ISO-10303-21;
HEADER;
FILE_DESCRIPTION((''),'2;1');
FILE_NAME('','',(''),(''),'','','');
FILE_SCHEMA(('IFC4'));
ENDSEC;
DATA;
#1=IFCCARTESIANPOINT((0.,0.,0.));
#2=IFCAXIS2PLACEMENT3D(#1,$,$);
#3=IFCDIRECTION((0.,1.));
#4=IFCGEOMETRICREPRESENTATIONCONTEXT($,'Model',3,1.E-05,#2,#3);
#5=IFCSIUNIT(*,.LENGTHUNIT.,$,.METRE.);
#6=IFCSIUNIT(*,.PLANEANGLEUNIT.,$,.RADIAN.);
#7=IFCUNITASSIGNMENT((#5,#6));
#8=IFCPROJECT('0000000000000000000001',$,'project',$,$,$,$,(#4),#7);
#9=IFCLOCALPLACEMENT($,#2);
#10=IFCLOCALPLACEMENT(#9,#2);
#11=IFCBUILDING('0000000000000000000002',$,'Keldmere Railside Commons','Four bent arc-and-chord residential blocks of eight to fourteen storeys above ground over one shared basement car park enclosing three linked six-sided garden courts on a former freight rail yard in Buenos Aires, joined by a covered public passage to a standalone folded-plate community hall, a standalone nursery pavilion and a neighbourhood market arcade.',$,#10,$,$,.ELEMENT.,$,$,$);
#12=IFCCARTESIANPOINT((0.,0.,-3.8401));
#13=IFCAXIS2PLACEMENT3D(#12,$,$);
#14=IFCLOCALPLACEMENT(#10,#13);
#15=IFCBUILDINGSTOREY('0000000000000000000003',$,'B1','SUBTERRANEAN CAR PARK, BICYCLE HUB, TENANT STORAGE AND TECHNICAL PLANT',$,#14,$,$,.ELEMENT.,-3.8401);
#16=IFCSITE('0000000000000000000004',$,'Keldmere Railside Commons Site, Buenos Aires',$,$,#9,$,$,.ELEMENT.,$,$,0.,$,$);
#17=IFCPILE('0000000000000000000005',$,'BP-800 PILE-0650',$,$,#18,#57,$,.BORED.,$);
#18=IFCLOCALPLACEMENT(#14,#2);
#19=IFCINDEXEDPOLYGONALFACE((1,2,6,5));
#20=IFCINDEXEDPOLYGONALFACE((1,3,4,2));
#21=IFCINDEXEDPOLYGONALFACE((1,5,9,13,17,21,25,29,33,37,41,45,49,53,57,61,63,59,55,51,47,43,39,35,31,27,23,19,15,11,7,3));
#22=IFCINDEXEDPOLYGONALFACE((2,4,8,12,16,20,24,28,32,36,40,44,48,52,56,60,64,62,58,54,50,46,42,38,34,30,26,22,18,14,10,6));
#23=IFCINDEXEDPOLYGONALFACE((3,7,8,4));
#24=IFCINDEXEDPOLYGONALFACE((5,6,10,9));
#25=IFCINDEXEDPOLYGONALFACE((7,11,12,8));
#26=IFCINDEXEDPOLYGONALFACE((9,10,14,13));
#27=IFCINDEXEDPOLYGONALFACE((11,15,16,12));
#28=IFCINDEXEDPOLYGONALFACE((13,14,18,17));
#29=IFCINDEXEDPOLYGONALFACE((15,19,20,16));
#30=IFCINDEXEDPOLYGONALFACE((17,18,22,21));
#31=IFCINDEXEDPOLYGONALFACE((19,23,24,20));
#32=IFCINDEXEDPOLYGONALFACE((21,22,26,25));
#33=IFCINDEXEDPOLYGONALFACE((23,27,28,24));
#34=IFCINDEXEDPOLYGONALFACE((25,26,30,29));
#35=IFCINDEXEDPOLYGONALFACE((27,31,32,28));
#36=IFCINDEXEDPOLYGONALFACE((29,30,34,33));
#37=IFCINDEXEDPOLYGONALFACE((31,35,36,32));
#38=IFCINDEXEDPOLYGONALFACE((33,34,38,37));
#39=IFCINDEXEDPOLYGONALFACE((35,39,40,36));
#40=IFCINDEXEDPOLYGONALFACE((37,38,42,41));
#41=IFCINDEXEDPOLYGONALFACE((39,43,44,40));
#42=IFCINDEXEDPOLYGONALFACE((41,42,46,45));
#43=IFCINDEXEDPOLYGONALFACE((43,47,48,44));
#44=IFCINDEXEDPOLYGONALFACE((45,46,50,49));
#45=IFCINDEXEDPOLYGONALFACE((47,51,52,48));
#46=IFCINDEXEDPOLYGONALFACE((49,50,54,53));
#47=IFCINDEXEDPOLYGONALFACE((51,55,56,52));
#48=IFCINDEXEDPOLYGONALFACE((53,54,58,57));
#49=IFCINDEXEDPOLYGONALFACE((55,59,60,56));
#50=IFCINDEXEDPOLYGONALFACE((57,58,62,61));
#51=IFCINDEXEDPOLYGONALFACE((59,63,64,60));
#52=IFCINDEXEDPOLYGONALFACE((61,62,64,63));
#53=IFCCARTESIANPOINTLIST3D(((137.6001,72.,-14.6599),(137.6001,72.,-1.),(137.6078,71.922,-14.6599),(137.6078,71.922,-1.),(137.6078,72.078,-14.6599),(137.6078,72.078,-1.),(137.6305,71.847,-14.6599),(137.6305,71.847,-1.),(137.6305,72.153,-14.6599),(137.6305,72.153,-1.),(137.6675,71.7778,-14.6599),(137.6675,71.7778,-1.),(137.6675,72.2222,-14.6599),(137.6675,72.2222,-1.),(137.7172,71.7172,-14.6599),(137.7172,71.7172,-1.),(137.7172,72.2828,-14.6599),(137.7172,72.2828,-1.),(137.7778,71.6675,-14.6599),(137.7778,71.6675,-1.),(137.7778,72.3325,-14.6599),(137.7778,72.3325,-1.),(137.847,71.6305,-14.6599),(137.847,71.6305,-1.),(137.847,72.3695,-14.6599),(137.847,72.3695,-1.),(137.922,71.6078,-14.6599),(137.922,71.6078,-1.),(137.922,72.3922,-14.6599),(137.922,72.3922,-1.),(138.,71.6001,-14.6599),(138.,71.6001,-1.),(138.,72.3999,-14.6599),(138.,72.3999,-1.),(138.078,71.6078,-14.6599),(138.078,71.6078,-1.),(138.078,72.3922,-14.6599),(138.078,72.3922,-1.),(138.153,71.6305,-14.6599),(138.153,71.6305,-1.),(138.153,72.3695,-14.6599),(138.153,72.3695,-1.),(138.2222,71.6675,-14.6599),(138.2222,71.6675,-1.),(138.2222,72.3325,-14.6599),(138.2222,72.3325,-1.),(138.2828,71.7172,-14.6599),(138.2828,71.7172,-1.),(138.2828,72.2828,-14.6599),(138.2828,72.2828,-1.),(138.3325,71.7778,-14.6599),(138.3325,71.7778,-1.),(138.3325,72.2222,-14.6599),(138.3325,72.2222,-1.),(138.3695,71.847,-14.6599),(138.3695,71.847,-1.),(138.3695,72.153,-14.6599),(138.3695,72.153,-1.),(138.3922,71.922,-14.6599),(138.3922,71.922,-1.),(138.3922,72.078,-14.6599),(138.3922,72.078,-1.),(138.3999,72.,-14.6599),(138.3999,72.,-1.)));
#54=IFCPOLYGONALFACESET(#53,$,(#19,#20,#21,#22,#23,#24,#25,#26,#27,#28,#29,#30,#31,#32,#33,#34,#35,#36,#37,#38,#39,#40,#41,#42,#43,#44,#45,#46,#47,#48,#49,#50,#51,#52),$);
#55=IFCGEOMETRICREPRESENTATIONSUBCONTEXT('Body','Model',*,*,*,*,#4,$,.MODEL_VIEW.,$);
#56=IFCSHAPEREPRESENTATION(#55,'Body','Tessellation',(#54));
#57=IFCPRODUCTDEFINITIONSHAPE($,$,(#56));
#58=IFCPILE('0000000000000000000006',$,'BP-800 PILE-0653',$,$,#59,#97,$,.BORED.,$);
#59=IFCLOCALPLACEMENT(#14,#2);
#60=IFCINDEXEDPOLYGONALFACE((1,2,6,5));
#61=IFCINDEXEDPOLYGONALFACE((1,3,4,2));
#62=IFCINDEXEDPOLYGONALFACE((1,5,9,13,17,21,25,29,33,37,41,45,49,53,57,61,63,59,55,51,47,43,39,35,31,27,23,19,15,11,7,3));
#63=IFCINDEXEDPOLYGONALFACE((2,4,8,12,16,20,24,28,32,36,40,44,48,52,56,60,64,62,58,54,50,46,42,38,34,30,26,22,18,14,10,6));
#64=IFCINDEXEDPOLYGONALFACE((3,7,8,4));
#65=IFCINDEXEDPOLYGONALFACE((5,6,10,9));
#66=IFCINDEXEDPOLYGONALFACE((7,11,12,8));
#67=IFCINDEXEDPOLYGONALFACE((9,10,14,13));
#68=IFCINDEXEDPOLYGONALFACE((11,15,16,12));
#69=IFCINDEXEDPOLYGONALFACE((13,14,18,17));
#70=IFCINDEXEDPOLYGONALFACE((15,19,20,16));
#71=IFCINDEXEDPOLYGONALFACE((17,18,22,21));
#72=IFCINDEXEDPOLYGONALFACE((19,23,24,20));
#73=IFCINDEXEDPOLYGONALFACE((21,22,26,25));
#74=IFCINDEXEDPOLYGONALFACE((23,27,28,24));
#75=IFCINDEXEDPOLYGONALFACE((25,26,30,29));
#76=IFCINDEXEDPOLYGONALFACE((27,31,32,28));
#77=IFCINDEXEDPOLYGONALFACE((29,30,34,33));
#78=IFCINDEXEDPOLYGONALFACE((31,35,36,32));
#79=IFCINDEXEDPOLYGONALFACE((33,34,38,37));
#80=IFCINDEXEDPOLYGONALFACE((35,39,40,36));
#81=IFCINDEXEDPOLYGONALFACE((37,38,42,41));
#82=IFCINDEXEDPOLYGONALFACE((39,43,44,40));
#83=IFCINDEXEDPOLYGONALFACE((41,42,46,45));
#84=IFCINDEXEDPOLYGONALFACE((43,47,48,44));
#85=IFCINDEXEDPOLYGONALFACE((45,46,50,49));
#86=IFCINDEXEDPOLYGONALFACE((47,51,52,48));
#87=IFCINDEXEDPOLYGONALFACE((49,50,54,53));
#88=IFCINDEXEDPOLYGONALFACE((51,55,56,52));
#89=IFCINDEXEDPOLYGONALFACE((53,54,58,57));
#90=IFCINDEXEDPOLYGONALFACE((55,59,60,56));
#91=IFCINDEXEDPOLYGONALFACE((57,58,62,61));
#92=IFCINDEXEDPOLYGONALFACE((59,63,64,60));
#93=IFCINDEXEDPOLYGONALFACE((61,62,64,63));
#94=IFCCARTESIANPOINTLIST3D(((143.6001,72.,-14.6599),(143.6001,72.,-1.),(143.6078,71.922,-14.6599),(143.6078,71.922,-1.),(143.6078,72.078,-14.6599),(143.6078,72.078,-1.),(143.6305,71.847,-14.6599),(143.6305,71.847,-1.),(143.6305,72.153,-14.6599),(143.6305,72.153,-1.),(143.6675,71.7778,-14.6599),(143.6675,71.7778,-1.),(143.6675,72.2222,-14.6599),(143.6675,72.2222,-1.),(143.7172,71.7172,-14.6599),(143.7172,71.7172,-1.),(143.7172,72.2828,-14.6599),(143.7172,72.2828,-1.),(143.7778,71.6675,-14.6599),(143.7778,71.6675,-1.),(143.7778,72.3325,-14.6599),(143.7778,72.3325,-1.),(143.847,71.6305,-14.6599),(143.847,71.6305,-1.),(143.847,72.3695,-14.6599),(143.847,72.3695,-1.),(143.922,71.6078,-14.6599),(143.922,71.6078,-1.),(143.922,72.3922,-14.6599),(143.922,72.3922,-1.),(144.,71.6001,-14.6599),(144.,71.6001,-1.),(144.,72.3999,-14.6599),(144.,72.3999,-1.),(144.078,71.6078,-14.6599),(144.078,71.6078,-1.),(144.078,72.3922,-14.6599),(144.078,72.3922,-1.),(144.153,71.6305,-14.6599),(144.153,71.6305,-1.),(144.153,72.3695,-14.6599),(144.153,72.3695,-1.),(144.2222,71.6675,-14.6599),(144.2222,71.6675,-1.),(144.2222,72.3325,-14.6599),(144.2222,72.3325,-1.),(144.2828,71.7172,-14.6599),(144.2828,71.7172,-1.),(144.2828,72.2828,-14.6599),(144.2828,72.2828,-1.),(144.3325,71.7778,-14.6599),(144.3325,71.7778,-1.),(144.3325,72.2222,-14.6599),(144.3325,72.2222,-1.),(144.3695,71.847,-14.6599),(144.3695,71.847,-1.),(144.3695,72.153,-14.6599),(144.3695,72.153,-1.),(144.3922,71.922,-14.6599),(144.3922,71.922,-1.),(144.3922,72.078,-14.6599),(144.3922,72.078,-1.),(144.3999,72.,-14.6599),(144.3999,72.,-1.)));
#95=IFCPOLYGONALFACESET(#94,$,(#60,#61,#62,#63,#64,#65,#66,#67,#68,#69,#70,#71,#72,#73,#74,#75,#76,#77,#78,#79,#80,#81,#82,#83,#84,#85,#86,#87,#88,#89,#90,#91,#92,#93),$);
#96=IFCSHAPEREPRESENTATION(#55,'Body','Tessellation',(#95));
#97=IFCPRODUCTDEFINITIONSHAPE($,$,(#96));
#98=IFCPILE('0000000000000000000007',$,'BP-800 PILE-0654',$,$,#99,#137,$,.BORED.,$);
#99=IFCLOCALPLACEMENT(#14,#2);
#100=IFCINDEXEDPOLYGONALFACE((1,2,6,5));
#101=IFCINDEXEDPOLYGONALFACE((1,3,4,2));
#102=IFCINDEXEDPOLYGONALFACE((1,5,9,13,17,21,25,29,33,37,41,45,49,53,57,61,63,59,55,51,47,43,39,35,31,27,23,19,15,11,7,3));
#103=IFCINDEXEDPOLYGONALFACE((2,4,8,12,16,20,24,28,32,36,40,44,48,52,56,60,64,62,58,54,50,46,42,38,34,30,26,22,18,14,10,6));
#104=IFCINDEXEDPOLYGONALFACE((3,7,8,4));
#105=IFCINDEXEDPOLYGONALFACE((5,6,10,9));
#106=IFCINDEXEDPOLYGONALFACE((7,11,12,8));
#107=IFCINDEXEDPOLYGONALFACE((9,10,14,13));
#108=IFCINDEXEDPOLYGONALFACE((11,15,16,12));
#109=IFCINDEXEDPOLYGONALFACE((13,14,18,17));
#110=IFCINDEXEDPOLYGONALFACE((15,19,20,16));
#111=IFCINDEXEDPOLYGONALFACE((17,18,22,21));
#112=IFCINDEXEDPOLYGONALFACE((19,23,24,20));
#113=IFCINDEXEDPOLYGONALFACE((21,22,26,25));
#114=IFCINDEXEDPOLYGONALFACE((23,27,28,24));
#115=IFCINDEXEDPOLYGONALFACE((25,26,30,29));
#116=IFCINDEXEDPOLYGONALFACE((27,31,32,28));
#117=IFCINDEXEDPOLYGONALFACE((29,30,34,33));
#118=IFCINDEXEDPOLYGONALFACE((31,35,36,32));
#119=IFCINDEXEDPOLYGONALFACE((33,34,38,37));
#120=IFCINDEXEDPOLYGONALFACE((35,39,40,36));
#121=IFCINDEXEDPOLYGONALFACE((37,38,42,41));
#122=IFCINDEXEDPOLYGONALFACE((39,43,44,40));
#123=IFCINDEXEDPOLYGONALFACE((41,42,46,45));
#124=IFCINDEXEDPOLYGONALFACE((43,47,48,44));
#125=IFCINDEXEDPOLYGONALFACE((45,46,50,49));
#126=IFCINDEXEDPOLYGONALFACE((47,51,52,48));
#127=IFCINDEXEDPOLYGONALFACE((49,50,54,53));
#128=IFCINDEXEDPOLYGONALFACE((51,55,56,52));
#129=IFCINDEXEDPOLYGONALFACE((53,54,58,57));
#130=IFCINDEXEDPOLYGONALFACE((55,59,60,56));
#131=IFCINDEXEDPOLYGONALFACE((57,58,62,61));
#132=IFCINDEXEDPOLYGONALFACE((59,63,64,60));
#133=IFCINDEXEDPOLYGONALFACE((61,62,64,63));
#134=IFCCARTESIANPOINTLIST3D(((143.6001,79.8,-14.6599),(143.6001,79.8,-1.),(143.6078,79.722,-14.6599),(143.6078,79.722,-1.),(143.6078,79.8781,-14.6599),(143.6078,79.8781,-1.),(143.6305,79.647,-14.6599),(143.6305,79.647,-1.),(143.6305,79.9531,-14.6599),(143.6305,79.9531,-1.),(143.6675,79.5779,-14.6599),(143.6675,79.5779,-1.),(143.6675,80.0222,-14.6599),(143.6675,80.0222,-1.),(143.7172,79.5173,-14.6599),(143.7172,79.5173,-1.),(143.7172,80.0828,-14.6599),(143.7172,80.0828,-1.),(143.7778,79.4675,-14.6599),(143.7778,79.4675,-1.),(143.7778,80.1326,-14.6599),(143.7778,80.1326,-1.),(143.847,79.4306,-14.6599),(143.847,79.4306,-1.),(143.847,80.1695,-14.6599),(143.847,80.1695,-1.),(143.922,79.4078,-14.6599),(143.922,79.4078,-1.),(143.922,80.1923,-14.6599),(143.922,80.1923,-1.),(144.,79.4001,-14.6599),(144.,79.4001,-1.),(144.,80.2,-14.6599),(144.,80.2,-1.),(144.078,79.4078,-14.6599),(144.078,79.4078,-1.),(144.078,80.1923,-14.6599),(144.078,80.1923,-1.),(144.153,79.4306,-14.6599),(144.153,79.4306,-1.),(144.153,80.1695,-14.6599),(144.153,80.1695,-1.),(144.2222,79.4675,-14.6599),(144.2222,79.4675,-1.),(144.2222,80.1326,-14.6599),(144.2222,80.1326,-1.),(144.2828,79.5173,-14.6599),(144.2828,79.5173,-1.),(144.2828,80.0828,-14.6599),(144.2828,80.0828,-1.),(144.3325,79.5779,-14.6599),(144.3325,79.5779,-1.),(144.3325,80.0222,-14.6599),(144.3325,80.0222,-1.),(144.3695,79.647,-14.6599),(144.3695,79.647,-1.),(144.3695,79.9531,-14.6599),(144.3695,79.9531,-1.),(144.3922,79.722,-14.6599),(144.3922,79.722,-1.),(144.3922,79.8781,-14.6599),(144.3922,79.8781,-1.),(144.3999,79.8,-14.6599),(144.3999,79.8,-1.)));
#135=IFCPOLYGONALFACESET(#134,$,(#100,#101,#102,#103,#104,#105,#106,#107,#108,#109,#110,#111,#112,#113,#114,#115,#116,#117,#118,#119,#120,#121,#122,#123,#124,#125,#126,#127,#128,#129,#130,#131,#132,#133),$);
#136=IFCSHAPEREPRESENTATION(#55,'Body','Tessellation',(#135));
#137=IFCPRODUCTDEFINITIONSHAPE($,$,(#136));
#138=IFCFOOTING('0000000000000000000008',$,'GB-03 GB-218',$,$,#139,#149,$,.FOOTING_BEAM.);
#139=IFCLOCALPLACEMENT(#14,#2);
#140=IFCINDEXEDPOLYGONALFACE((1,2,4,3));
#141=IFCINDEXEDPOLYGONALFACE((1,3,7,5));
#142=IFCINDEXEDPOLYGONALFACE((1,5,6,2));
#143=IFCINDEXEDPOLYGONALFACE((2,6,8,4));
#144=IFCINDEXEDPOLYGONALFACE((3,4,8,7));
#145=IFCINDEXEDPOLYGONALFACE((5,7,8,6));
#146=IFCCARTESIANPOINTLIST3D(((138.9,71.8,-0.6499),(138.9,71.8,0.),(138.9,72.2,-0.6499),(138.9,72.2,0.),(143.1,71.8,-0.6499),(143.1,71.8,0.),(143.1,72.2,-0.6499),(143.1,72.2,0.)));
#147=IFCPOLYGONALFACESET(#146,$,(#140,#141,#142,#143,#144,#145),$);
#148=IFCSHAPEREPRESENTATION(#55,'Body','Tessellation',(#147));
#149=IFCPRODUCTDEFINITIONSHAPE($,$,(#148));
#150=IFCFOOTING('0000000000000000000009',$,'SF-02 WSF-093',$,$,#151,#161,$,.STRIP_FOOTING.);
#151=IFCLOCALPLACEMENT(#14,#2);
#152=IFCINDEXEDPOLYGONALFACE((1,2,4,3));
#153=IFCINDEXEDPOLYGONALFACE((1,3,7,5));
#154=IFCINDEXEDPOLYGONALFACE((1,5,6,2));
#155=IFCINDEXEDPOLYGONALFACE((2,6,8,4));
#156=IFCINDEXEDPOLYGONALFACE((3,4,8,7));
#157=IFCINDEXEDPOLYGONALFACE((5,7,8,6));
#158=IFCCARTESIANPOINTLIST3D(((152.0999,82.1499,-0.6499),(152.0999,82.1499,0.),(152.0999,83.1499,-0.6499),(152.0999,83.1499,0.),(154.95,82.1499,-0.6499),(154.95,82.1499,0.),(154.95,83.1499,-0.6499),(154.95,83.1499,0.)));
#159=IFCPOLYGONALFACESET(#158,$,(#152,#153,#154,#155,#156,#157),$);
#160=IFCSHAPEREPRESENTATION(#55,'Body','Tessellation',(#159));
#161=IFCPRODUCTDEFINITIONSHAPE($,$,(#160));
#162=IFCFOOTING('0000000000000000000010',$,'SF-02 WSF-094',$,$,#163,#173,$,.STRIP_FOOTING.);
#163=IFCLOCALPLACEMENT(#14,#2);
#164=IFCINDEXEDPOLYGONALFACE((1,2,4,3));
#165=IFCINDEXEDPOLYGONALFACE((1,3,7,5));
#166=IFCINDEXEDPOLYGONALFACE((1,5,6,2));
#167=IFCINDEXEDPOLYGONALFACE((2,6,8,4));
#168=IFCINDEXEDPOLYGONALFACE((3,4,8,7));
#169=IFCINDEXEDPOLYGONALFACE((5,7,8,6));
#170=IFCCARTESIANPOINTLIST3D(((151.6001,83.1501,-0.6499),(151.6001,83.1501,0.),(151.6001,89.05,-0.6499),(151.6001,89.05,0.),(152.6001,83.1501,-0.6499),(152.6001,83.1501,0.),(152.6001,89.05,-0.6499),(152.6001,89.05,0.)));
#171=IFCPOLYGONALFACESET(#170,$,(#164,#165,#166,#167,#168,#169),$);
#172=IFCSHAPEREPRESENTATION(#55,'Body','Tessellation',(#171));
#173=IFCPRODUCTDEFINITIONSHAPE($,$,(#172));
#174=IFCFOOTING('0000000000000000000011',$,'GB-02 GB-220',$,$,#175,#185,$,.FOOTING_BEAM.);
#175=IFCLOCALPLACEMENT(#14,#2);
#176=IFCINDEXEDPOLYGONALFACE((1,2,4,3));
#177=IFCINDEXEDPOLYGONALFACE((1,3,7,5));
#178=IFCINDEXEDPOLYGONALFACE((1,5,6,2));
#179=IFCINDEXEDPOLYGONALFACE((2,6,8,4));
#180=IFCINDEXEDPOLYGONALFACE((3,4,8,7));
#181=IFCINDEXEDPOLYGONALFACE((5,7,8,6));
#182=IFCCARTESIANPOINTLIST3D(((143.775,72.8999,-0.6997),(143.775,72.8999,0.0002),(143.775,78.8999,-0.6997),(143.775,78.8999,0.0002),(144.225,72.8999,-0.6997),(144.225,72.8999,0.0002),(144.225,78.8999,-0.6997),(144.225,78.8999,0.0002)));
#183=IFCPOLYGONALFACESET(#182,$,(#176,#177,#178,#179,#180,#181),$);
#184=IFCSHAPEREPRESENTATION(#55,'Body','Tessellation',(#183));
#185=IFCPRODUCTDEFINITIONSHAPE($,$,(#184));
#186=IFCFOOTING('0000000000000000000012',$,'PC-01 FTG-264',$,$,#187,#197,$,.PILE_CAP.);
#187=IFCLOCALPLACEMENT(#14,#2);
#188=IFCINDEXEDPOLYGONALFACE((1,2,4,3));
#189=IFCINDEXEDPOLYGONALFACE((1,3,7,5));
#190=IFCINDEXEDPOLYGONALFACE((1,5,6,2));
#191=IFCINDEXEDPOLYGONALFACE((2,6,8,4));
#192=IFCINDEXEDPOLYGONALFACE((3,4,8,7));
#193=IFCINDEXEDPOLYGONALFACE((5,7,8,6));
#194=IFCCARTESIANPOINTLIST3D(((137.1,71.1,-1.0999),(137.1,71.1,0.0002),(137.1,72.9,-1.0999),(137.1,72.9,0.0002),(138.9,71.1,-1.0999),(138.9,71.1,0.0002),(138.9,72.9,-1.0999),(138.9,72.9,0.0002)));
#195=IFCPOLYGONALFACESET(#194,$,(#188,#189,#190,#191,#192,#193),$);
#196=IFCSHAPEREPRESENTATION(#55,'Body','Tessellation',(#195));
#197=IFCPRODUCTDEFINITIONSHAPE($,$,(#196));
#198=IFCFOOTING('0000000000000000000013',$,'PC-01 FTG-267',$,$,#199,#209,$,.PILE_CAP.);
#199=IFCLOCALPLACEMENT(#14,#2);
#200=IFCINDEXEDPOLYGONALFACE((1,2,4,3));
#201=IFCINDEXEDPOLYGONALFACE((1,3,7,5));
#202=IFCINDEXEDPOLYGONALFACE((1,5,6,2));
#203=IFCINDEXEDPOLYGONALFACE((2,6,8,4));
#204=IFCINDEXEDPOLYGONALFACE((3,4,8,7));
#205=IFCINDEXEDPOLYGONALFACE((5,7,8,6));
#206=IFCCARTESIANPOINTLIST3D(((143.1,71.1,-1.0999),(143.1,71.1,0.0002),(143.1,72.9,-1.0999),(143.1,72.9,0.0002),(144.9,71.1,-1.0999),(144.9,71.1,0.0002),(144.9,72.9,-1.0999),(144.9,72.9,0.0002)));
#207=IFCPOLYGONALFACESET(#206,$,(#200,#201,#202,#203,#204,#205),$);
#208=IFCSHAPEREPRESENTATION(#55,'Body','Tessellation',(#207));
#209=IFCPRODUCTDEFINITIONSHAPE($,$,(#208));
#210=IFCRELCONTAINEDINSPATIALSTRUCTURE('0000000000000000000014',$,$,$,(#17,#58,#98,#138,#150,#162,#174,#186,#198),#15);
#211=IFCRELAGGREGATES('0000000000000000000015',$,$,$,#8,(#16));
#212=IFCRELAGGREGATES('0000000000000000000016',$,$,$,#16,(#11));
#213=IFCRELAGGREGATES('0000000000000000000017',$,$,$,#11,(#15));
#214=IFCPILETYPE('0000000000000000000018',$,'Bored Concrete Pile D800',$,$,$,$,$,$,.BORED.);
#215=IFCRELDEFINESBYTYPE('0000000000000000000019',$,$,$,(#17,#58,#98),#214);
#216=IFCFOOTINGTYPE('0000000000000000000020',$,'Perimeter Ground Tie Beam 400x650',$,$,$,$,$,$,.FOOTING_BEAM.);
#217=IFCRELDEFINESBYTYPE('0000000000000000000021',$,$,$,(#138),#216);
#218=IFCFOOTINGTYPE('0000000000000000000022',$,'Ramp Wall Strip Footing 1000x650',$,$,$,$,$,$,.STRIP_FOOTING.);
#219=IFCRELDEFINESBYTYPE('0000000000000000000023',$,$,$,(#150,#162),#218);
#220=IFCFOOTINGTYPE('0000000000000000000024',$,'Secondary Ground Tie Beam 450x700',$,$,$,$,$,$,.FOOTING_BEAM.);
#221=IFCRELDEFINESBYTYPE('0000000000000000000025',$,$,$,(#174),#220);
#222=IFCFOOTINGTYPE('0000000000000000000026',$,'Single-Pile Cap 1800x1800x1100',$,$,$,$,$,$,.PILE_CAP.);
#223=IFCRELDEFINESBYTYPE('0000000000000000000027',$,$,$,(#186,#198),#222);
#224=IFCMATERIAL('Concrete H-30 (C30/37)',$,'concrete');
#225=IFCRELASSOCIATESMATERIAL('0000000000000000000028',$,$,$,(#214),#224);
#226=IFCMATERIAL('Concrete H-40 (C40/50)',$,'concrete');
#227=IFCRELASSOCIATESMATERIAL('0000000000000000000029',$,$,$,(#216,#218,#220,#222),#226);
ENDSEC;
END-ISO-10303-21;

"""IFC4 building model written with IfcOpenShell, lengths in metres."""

from ifc_helpers import new_model, si_unit, direction, frame, origin, origin_2d, place, context, subcontext, project, spatial, rectangle, circle, extrude, material, material_profile, profile_set, type_object, element, save


model = new_model("IFC4")

# Units and contexts
model_context = context("Model", 3, precision=1e-05, world=origin(), true_north=direction((0.0, 1.0)))
body_context = subcontext(model_context, "Body", "Model", "MODEL_VIEW")
ifc_project = project(units=[si_unit("LENGTHUNIT", "METRE"), si_unit("PLANEANGLEUNIT", "RADIAN")], contexts=[model_context])

# Site, building, storey
site_placement = place(None, origin())
site = spatial("IfcSite", under=ifc_project, at=site_placement, Name="Keldmere Railside Commons Site, Buenos Aires", CompositionType="ELEMENT", RefElevation=0.0)
building_placement = place(site_placement, origin())
building = spatial("IfcBuilding", under=site, at=building_placement, Name="Keldmere Railside Commons", Description="Four bent arc-and-chord residential blocks of eight to fourteen storeys above ground over one shared basement car park enclosing three linked six-sided garden courts on a former freight rail yard in Buenos Aires, joined by a covered public passage to a standalone folded-plate community hall, a standalone nursery pavilion and a neighbourhood market arcade.", CompositionType="ELEMENT")
storey_placement = place(building_placement, frame((0.0, 0.0, -3.8401)))
storey = spatial("IfcBuildingStorey", under=building, at=storey_placement, Name="B1", Description="SUBTERRANEAN CAR PARK, BICYCLE HUB, TENANT STORAGE AND TECHNICAL PLANT", CompositionType="ELEMENT", Elevation=-3.8401)

# Piles
ifc_material_1 = material(Name="Concrete H-30 (C30/37)", Category="concrete")
ifc_material_profile_1 = material_profile(ifc_material_1, circle(Radius=0.3999, at=origin_2d()), Name="PILE-D800")
ifc_profile_set_1 = profile_set([ifc_material_profile_1], Name="Concrete H-30 (C30/37)")
pile_type = type_object("IfcPileType", Name="Bored Concrete Pile D800", PredefinedType="BORED", material=ifc_profile_set_1)
for number, where, z_axis, x_axis, name in (
    (1, (138.0, 72.0, -1.0), (0.0, 0.0, -1.0), (1.0, 0.0, 0.0), "BP-800 PILE-0650"),
    (2, (144.0, 72.0, -1.0), (0.0, 0.0, -1.0), (1.0, 0.0, 0.0), "BP-800 PILE-0653"),
    (3, (144.0, 79.8, -1.0), (0.0, 0.0, -1.0), (1.0, 0.0, 0.0), "BP-800 PILE-0654"),
):
    element("IfcPile", number, at=place(storey_placement, frame(where, z_axis=z_axis, x_axis=x_axis)), inside=storey, type_object=pile_type, Name=name, PredefinedType="BORED", context=body_context, shape_type="SweptSolid", body=[
        extrude(circle(Radius=0.3999, at=origin_2d()), origin(), (0.0, 0.0, 1.0), 13.6599),
    ])

# Footings
ifc_material_2 = material(Name="Concrete H-40 (C40/50)", Category="concrete")
footing_type_1 = type_object("IfcFootingType", Name="Perimeter Ground Tie Beam 400x650", PredefinedType="FOOTING_BEAM", material=ifc_material_2)
footing_1_placement = place(storey_placement, frame((141.0, 72.0, -0.6499), z_axis=(0.0, 0.0, 1.0), x_axis=(1.0, 0.0, 0.0)))
element("IfcFooting", 4, at=footing_1_placement, inside=storey, type_object=footing_type_1, Name="GB-03 GB-218", PredefinedType="FOOTING_BEAM", context=body_context, shape_type="SweptSolid", body=[
    extrude(rectangle(XDim=4.2, YDim=0.3999, at=origin_2d()), origin(), (0.0, 0.0, 1.0), 0.6499),
])
footing_type_2 = type_object("IfcFootingType", Name="Ramp Wall Strip Footing 1000x650", PredefinedType="STRIP_FOOTING", material=ifc_material_2)
footing_2_placement = place(storey_placement, frame((153.5249, 82.6499, -0.6499), z_axis=(0.0, 0.0, 1.0), x_axis=(1.0, 0.0, 0.0)))
element("IfcFooting", 5, at=footing_2_placement, inside=storey, type_object=footing_type_2, Name="SF-02 WSF-093", PredefinedType="STRIP_FOOTING", context=body_context, shape_type="SweptSolid", body=[
    extrude(rectangle(XDim=2.8501, YDim=1.0, at=origin_2d()), origin(), (0.0, 0.0, 1.0), 0.6499),
])
footing_3_placement = place(storey_placement, frame((152.1001, 86.1001, -0.6499), z_axis=(0.0, 0.0, 1.0), x_axis=(0.0, 1.0, 0.0)))
element("IfcFooting", 6, at=footing_3_placement, inside=storey, type_object=footing_type_2, Name="SF-02 WSF-094", PredefinedType="STRIP_FOOTING", context=body_context, shape_type="SweptSolid", body=[
    extrude(rectangle(XDim=5.8999, YDim=1.0, at=origin_2d()), origin(), (0.0, 0.0, 1.0), 0.6499),
])
footing_type_3 = type_object("IfcFootingType", Name="Secondary Ground Tie Beam 450x700", PredefinedType="FOOTING_BEAM", material=ifc_material_2)
footing_4_placement = place(storey_placement, frame((144.0, 75.8999, -0.6997), z_axis=(0.0, 0.0, 1.0), x_axis=(0.0, 1.0, 0.0)))
element("IfcFooting", 7, at=footing_4_placement, inside=storey, type_object=footing_type_3, Name="GB-02 GB-220", PredefinedType="FOOTING_BEAM", context=body_context, shape_type="SweptSolid", body=[
    extrude(rectangle(XDim=6.0, YDim=0.45, at=origin_2d()), origin(), (0.0, 0.0, 1.0), 0.7),
])
footing_type_4 = type_object("IfcFootingType", Name="Single-Pile Cap 1800x1800x1100", PredefinedType="PILE_CAP", material=ifc_material_2)
for number, where, z_axis, x_axis, name in (
    (8, (138.0, 72.0, -1.0999), (0.0, 0.0, 1.0), (1.0, 0.0, 0.0), "PC-01 FTG-264"),
    (9, (144.0, 72.0, -1.0999), (0.0, 0.0, 1.0), (1.0, 0.0, 0.0), "PC-01 FTG-267"),
):
    element("IfcFooting", number, at=place(storey_placement, frame(where, z_axis=z_axis, x_axis=x_axis)), inside=storey, type_object=footing_type_4, Name=name, PredefinedType="PILE_CAP", context=body_context, shape_type="SweptSolid", body=[
        extrude(rectangle(XDim=1.8, YDim=1.8, at=origin_2d()), origin(), (0.0, 0.0, 1.0), 1.1001),
    ])

save(model, "model.ifc")
